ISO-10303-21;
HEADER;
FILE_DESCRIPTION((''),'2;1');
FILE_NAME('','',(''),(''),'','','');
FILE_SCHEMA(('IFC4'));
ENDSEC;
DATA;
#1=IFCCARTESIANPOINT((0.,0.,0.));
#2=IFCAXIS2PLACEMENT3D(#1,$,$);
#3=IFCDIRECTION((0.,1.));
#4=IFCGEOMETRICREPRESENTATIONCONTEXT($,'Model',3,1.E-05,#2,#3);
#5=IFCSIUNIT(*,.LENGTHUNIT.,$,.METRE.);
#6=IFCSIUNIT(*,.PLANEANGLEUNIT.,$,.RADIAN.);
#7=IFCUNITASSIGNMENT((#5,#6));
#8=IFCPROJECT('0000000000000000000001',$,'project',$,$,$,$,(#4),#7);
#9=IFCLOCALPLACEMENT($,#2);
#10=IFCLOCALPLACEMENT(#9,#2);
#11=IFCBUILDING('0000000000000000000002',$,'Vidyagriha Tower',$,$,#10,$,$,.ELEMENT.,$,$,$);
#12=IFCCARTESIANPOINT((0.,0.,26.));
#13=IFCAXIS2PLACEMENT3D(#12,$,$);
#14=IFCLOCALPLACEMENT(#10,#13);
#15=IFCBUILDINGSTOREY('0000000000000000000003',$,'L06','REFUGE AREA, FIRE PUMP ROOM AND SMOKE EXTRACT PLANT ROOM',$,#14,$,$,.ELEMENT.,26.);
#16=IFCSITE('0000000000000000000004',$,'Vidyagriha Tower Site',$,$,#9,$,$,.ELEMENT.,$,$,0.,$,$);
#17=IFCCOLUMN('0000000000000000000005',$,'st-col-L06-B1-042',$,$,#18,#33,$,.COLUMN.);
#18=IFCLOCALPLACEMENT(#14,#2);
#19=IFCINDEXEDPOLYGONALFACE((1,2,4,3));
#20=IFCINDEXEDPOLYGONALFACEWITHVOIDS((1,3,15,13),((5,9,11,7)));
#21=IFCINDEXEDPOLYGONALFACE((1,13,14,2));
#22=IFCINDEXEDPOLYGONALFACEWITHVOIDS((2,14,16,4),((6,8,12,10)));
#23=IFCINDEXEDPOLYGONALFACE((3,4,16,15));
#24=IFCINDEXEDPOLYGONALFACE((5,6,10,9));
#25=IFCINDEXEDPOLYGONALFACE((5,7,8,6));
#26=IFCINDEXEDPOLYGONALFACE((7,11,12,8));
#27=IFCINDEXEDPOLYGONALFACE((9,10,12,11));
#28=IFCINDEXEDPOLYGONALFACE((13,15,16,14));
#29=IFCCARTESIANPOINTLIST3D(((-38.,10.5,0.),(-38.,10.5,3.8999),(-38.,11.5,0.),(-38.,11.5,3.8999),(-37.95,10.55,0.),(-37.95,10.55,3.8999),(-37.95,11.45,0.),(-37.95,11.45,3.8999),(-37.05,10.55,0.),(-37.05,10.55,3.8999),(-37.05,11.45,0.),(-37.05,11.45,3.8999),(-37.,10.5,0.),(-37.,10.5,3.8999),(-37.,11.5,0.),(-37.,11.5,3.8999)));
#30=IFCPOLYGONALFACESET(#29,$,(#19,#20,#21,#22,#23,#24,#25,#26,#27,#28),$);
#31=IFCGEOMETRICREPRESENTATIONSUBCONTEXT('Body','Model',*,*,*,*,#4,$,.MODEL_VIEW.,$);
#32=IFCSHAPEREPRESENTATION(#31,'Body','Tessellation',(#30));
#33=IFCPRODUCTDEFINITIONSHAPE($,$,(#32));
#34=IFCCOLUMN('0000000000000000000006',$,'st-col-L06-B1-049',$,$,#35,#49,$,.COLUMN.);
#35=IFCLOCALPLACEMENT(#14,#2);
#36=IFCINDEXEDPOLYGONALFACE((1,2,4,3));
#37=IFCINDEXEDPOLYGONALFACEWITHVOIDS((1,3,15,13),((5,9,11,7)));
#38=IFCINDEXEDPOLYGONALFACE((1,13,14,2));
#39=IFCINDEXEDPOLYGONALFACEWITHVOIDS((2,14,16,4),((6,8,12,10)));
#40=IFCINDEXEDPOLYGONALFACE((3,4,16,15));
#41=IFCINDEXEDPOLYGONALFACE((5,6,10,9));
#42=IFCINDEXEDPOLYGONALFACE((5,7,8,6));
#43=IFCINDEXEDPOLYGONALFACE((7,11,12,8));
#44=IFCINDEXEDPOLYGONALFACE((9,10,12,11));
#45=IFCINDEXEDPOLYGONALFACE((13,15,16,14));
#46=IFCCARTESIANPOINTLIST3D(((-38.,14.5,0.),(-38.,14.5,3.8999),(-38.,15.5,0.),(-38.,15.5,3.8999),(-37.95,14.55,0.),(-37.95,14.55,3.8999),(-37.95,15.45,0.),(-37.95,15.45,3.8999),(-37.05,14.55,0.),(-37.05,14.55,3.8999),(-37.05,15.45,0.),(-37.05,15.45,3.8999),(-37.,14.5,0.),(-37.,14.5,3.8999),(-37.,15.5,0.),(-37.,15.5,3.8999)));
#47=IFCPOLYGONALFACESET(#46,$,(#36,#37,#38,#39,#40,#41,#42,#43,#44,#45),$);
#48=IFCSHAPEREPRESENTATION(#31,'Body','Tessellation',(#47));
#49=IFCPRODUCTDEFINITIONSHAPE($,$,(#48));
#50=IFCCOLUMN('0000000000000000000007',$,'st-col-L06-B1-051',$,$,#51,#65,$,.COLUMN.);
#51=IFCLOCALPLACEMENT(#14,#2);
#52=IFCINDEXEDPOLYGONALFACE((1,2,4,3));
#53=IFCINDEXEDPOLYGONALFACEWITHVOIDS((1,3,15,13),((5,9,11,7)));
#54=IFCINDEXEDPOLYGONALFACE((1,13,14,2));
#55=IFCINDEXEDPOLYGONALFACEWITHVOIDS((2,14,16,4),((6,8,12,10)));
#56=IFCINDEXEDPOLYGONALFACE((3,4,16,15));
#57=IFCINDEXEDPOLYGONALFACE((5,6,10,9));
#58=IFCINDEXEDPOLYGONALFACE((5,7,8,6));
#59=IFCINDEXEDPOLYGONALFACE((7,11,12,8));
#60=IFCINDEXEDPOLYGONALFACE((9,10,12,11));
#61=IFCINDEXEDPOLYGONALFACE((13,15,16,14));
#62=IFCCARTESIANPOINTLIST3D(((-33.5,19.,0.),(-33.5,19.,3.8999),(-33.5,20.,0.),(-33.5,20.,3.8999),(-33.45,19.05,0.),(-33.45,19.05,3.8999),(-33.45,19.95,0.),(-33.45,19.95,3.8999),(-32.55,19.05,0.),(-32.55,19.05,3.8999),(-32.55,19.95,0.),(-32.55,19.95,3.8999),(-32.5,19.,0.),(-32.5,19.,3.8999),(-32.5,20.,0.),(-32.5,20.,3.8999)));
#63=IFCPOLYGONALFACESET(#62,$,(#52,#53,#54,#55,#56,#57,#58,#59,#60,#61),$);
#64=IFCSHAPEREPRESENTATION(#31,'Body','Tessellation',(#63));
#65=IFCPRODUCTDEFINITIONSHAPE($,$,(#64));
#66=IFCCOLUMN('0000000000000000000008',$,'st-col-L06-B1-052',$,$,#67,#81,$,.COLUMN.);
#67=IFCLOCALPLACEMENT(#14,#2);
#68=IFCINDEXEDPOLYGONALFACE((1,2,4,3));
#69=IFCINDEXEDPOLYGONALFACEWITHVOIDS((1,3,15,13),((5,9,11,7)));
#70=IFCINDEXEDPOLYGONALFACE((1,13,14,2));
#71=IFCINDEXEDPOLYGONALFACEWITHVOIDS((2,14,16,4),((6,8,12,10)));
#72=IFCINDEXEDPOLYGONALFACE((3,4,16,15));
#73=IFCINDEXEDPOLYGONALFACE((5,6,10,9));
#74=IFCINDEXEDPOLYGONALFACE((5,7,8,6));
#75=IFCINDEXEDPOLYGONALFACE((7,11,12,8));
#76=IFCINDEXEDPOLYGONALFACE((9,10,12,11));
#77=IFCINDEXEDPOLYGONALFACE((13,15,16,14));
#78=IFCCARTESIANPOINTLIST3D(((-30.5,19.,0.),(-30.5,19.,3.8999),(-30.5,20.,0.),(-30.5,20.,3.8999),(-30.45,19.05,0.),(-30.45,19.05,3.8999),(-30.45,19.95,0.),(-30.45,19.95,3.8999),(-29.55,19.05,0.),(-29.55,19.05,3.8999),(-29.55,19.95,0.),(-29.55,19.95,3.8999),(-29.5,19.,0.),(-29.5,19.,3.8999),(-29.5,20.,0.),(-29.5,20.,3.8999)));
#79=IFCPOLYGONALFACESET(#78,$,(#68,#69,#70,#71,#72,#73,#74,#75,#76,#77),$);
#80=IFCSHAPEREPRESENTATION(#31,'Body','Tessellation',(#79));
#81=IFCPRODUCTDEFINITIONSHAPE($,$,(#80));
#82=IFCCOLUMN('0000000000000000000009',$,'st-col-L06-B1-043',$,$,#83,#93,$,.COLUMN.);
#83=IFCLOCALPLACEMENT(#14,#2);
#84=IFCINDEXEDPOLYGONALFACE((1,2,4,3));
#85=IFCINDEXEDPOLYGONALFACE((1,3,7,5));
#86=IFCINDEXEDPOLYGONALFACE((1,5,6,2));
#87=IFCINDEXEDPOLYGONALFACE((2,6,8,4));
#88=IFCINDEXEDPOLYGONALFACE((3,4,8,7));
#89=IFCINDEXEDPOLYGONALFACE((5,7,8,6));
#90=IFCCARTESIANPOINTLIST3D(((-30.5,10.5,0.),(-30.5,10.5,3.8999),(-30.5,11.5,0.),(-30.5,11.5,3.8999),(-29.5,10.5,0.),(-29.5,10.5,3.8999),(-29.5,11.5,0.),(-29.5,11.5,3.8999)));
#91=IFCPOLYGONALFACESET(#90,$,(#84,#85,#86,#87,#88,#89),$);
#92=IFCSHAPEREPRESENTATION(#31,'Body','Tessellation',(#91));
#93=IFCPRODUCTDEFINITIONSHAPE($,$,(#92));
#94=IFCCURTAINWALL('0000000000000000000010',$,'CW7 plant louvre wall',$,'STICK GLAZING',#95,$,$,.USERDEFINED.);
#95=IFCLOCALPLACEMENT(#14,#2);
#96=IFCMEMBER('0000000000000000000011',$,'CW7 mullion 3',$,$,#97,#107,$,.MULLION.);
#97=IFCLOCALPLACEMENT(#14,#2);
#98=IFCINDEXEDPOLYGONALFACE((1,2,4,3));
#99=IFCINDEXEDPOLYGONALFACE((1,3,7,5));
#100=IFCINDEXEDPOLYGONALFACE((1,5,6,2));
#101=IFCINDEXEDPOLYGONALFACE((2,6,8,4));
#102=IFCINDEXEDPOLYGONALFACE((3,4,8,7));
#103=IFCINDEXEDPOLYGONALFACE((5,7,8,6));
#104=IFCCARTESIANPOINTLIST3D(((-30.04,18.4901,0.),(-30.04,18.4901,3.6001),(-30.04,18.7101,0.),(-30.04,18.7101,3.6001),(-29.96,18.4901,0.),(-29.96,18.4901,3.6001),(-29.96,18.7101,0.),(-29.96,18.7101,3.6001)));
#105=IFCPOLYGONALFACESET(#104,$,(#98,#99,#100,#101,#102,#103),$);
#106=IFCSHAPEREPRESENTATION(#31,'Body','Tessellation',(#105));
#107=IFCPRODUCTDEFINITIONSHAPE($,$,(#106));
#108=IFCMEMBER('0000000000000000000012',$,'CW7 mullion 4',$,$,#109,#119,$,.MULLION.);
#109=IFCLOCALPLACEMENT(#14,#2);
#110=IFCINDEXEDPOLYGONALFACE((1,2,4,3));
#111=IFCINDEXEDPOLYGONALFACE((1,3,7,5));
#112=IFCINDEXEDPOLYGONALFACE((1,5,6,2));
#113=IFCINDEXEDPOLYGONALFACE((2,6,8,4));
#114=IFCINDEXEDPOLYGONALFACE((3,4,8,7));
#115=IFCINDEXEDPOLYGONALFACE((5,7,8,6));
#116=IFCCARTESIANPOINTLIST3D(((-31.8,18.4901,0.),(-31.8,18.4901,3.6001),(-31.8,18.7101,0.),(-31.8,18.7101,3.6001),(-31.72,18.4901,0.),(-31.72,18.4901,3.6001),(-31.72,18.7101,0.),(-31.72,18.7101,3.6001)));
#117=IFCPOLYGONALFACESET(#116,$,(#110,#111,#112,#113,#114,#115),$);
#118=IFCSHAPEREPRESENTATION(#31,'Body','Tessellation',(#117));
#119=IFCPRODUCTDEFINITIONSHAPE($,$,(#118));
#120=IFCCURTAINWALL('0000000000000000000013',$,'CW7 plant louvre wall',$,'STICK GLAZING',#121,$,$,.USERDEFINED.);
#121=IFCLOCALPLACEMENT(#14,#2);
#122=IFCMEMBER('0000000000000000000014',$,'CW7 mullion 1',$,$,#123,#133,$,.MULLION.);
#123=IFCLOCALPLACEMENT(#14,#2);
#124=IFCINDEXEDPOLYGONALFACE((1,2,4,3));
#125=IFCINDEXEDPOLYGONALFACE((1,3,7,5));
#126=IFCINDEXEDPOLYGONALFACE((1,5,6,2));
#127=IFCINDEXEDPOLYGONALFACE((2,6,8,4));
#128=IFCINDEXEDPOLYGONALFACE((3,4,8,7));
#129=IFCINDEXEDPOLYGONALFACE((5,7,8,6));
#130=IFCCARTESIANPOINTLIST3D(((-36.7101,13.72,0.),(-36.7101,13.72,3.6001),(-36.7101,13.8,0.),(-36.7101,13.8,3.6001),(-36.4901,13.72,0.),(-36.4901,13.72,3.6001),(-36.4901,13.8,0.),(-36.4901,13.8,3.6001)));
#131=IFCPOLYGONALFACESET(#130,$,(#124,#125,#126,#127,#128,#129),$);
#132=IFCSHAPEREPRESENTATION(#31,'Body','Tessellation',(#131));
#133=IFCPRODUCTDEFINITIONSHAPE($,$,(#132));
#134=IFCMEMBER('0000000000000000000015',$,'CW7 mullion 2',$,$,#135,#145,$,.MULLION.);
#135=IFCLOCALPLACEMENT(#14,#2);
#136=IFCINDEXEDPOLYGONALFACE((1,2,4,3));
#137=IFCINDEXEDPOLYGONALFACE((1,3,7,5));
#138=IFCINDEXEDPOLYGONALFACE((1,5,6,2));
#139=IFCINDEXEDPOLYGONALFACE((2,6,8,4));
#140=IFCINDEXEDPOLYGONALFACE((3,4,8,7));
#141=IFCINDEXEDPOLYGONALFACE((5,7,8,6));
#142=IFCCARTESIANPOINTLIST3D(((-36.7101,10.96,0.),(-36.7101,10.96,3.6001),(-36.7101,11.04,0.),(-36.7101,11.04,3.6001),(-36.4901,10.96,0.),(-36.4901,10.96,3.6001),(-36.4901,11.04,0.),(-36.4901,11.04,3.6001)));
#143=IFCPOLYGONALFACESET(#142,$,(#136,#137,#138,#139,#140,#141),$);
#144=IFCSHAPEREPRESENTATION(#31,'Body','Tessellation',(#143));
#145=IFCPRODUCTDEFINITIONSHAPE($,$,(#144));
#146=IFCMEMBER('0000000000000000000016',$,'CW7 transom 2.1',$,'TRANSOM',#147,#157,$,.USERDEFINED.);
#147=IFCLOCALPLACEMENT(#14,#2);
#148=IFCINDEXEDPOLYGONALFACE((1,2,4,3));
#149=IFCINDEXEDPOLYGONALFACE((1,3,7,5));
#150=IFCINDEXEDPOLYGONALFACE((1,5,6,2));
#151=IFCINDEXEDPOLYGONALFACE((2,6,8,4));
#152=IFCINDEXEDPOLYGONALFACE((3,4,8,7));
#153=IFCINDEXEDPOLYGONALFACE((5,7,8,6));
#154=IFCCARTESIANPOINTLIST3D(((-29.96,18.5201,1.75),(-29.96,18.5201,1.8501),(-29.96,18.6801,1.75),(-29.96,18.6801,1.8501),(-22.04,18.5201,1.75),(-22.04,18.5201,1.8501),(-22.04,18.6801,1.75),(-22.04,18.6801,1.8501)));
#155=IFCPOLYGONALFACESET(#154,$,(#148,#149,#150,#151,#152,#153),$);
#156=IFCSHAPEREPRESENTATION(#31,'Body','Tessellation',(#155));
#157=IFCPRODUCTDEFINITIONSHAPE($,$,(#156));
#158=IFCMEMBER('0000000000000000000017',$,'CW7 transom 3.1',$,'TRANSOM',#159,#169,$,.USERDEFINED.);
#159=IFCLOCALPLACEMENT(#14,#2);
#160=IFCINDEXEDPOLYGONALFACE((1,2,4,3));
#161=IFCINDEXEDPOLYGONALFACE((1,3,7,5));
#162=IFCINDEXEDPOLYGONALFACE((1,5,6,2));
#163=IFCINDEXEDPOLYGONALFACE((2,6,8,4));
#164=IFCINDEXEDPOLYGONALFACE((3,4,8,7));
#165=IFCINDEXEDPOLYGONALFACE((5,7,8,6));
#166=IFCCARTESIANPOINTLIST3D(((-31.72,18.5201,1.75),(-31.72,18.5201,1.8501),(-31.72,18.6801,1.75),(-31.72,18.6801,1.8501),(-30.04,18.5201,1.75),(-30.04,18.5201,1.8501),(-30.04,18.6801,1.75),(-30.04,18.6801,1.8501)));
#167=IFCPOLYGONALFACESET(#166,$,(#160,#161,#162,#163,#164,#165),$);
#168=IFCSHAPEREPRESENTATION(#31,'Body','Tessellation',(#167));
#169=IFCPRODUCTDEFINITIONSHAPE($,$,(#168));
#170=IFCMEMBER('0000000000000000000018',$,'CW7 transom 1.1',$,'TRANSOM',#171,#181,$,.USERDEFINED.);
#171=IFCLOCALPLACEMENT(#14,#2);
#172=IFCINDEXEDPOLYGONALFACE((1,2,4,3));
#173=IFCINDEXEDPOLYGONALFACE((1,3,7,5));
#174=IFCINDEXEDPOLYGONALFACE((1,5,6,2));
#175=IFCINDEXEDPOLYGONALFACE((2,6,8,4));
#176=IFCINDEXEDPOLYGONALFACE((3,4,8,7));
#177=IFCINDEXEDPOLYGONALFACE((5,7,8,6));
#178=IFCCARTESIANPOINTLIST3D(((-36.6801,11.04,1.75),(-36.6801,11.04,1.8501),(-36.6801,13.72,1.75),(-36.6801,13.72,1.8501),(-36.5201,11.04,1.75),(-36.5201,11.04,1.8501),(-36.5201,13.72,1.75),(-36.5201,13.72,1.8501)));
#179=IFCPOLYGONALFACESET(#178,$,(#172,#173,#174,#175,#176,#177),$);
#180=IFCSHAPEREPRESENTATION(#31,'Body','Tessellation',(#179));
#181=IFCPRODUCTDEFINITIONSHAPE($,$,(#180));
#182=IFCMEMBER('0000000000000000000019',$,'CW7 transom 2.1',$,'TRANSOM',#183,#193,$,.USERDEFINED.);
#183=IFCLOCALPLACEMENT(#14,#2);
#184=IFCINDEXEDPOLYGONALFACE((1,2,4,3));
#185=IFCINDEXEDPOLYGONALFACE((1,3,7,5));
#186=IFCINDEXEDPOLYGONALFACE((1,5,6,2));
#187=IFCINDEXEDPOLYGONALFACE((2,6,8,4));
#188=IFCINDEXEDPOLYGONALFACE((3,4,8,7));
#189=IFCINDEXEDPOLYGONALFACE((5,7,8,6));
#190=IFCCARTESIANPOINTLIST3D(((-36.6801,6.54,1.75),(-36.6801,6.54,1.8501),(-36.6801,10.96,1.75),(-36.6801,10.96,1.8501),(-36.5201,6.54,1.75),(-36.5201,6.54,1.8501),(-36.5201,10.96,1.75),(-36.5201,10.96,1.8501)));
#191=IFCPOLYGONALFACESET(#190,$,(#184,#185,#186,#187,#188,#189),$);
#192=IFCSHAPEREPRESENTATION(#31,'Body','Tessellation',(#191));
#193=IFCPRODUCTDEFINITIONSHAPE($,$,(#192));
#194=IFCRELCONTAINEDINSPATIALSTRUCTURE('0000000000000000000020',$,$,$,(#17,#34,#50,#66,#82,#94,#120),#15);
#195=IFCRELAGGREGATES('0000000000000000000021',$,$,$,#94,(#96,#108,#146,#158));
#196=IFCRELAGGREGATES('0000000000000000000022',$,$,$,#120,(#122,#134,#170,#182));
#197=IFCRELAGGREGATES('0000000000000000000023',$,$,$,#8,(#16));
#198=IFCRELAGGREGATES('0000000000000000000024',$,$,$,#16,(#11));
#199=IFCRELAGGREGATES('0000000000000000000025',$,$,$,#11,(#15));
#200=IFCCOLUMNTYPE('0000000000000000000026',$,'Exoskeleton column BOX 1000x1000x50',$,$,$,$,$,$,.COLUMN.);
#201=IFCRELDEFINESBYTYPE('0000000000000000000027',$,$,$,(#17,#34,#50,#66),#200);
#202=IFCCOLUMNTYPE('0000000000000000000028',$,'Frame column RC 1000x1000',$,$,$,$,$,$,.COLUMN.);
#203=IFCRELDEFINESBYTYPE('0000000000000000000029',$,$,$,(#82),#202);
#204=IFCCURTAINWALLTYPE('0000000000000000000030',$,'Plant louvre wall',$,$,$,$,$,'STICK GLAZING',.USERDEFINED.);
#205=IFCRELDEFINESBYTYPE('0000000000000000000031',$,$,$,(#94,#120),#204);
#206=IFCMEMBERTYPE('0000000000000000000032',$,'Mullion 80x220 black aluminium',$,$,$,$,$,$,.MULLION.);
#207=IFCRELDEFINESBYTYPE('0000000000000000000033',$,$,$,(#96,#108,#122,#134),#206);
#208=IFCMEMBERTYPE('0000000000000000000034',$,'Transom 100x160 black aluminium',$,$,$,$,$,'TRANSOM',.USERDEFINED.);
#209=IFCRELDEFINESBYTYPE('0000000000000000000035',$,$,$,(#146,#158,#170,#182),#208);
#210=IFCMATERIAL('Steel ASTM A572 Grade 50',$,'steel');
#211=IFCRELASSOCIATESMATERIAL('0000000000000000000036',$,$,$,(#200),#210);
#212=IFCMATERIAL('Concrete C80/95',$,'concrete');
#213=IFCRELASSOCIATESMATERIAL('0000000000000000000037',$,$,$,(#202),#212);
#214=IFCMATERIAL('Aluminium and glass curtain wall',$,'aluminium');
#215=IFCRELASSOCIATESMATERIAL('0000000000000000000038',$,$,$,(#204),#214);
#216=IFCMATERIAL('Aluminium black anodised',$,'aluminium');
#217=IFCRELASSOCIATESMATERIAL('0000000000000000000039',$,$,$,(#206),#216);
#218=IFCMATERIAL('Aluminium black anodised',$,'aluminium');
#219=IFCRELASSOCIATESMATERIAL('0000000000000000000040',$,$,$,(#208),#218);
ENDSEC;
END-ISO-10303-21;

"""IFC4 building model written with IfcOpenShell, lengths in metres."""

from ifc_helpers import new_model, si_unit, direction, frame, origin, origin_2d, place, context, subcontext, project, spatial, rectangle, hollow_rectangle, extrude, material, material_profile, profile_set, type_object, element, aggregate, save


model = new_model("IFC4")

# Units and contexts
model_context = context("Model", 3, precision=1e-05, world=origin(), true_north=direction((0.0, 1.0)))
body_context = subcontext(model_context, "Body", "Model", "MODEL_VIEW")
ifc_project = project(units=[si_unit("LENGTHUNIT", "METRE"), si_unit("PLANEANGLEUNIT", "RADIAN")], contexts=[model_context])

# Site, building, storey
site_placement = place(None, origin())
site = spatial("IfcSite", under=ifc_project, at=site_placement, Name="Vidyagriha Tower Site", CompositionType="ELEMENT", RefElevation=0.0)
building_placement = place(site_placement, origin())
building = spatial("IfcBuilding", under=site, at=building_placement, Name="Vidyagriha Tower", CompositionType="ELEMENT")
storey_placement = place(building_placement, frame((0.0, 0.0, 26.0)))
storey = spatial("IfcBuildingStorey", under=building, at=storey_placement, Name="L06", Description="REFUGE AREA, FIRE PUMP ROOM AND SMOKE EXTRACT PLANT ROOM", CompositionType="ELEMENT", Elevation=26.0)

# Columns
ifc_material_1 = material(Name="Steel ASTM A572 Grade 50", Category="steel")
ifc_material_profile_1 = material_profile(ifc_material_1, hollow_rectangle(XDim=1.0, YDim=1.0, WallThickness=0.05, at=origin_2d()), Name="BOX 1000x1000x50")
ifc_profile_set_1 = profile_set([ifc_material_profile_1], Name="Steel ASTM A572 Grade 50")
column_type_1 = type_object("IfcColumnType", Name="Exoskeleton column BOX 1000x1000x50", PredefinedType="COLUMN", material=ifc_profile_set_1)
for number, where, name in (
    (1, (-37.5, 11.0, 0.0), "st-col-L06-B1-042"),
    (2, (-37.5, 15.0, 0.0), "st-col-L06-B1-049"),
    (3, (-33.0, 19.5, 0.0), "st-col-L06-B1-051"),
    (4, (-30.0, 19.5, 0.0), "st-col-L06-B1-052"),
):
    element("IfcColumn", number, at=place(storey_placement, frame(where)), inside=storey, type_object=column_type_1, Name=name, PredefinedType="COLUMN", context=body_context, shape_type="SweptSolid", body=[
        extrude(hollow_rectangle(XDim=1.0, YDim=1.0, WallThickness=0.05, at=origin_2d()), origin(), (0.0, 0.0, 1.0), 3.8999),
    ])
ifc_material_2 = material(Name="Concrete C80/95", Category="concrete")
ifc_material_profile_2 = material_profile(ifc_material_2, rectangle(XDim=1.0, YDim=1.0, at=origin_2d()), Name="RC 1000x1000")
ifc_profile_set_2 = profile_set([ifc_material_profile_2], Name="Concrete C80/95")
column_type_2 = type_object("IfcColumnType", Name="Frame column RC 1000x1000", PredefinedType="COLUMN", material=ifc_profile_set_2)
column_placement = place(storey_placement, frame((-30.0, 11.0, 0.0)))
element("IfcColumn", 5, at=column_placement, inside=storey, type_object=column_type_2, Name="st-col-L06-B1-043", PredefinedType="COLUMN", context=body_context, shape_type="SweptSolid", body=[
    extrude(rectangle(XDim=1.0, YDim=1.0, at=origin_2d()), origin(), (0.0, 0.0, 1.0), 3.8999),
])

# Curtain walls, members
ifc_material_3 = material(Name="Aluminium and glass curtain wall", Category="aluminium")
curtain_wall_type = type_object("IfcCurtainWallType", Name="Plant louvre wall", ElementType="STICK GLAZING", PredefinedType="USERDEFINED", material=ifc_material_3)
curtain_wall_1_placement = place(storey_placement, origin())
curtain_wall_1 = element("IfcCurtainWall", 6, at=curtain_wall_1_placement, inside=storey, type_object=curtain_wall_type, Name="CW7 plant louvre wall", ObjectType="STICK GLAZING", PredefinedType="USERDEFINED")
ifc_material_4 = material(Name="Aluminium black anodised", Category="aluminium")
ifc_material_profile_3 = material_profile(ifc_material_4, rectangle(XDim=0.22, YDim=0.0801, at=origin_2d()), Name="Mullion 80x220 black aluminium")
ifc_profile_set_3 = profile_set([ifc_material_profile_3], Name="Aluminium black anodised")
member_type_1 = type_object("IfcMemberType", Name="Mullion 80x220 black aluminium", PredefinedType="MULLION", material=ifc_profile_set_3)
member_1_placement = place(storey_placement, frame((-30.0, 18.6001, 0.0), z_axis=(0.0, 0.0, 1.0), x_axis=(0.0, -1.0, 0.0)))
member_1 = element("IfcMember", 7, at=member_1_placement, type_object=member_type_1, Name="CW7 mullion 3", PredefinedType="MULLION", context=body_context, shape_type="SweptSolid", body=[
    extrude(rectangle(XDim=0.22, YDim=0.0801, at=origin_2d()), origin(), (0.0, 0.0, 1.0), 3.6001),
])
member_2_placement = place(storey_placement, frame((-31.76, 18.6001, 0.0), z_axis=(0.0, 0.0, 1.0), x_axis=(0.0, -1.0, 0.0)))
member_2 = element("IfcMember", 8, at=member_2_placement, type_object=member_type_1, Name="CW7 mullion 4", PredefinedType="MULLION", context=body_context, shape_type="SweptSolid", body=[
    extrude(rectangle(XDim=0.22, YDim=0.0801, at=origin_2d()), origin(), (0.0, 0.0, 1.0), 3.6001),
])
curtain_wall_2_placement = place(storey_placement, origin())
curtain_wall_2 = element("IfcCurtainWall", 9, at=curtain_wall_2_placement, inside=storey, type_object=curtain_wall_type, Name="CW7 plant louvre wall", ObjectType="STICK GLAZING", PredefinedType="USERDEFINED")
member_3_placement = place(storey_placement, frame((-36.6001, 13.76, 0.0)))
member_3 = element("IfcMember", 10, at=member_3_placement, type_object=member_type_1, Name="CW7 mullion 1", PredefinedType="MULLION", context=body_context, shape_type="SweptSolid", body=[
    extrude(rectangle(XDim=0.22, YDim=0.0801, at=origin_2d()), origin(), (0.0, 0.0, 1.0), 3.6001),
])
member_4_placement = place(storey_placement, frame((-36.6001, 11.0, 0.0)))
member_4 = element("IfcMember", 11, at=member_4_placement, type_object=member_type_1, Name="CW7 mullion 2", PredefinedType="MULLION", context=body_context, shape_type="SweptSolid", body=[
    extrude(rectangle(XDim=0.22, YDim=0.0801, at=origin_2d()), origin(), (0.0, 0.0, 1.0), 3.6001),
])

# Members
ifc_material_5 = material(Name="Aluminium black anodised", Category="aluminium")
ifc_material_profile_4 = material_profile(ifc_material_5, rectangle(XDim=0.1599, YDim=0.1001, at=origin_2d()), Name="Transom 100x160 black aluminium")
ifc_profile_set_4 = profile_set([ifc_material_profile_4], Name="Aluminium black anodised")
member_type_2 = type_object("IfcMemberType", Name="Transom 100x160 black aluminium", ElementType="TRANSOM", PredefinedType="USERDEFINED", material=ifc_profile_set_4)
member_5_placement = place(storey_placement, frame((-22.04, 18.6001, 1.8), z_axis=(-1.0, 0.0, 0.0), x_axis=(0.0, -1.0, 0.0)))
member_5 = element("IfcMember", 12, at=member_5_placement, type_object=member_type_2, Name="CW7 transom 2.1", ObjectType="TRANSOM", PredefinedType="USERDEFINED", context=body_context, shape_type="SweptSolid", body=[
    extrude(rectangle(XDim=0.1599, YDim=0.1001, at=origin_2d()), origin(), (0.0, 0.0, 1.0), 7.9199),
])
member_6_placement = place(storey_placement, frame((-30.04, 18.6001, 1.8), z_axis=(-1.0, 0.0, 0.0), x_axis=(0.0, -1.0, 0.0)))
member_6 = element("IfcMember", 13, at=member_6_placement, type_object=member_type_2, Name="CW7 transom 3.1", ObjectType="TRANSOM", PredefinedType="USERDEFINED", context=body_context, shape_type="SweptSolid", body=[
    extrude(rectangle(XDim=0.1599, YDim=0.1001, at=origin_2d()), origin(), (0.0, 0.0, 1.0), 1.6799),
])
member_7_placement = place(storey_placement, frame((-36.6001, 13.72, 1.8), z_axis=(0.0, -1.0, 0.0), x_axis=(1.0, 0.0, 0.0)))
member_7 = element("IfcMember", 14, at=member_7_placement, type_object=member_type_2, Name="CW7 transom 1.1", ObjectType="TRANSOM", PredefinedType="USERDEFINED", context=body_context, shape_type="SweptSolid", body=[
    extrude(rectangle(XDim=0.1599, YDim=0.1001, at=origin_2d()), origin(), (0.0, 0.0, 1.0), 2.6799),
])
member_8_placement = place(storey_placement, frame((-36.6001, 10.96, 1.8), z_axis=(0.0, -1.0, 0.0), x_axis=(1.0, 0.0, 0.0)))
member_8 = element("IfcMember", 15, at=member_8_placement, type_object=member_type_2, Name="CW7 transom 2.1", ObjectType="TRANSOM", PredefinedType="USERDEFINED", context=body_context, shape_type="SweptSolid", body=[
    extrude(rectangle(XDim=0.1599, YDim=0.1001, at=origin_2d()), origin(), (0.0, 0.0, 1.0), 4.4199),
])

aggregate(curtain_wall_1, [member_1, member_2, member_5, member_6])
aggregate(curtain_wall_2, [member_3, member_4, member_7, member_8])

save(model, "model.ifc")
